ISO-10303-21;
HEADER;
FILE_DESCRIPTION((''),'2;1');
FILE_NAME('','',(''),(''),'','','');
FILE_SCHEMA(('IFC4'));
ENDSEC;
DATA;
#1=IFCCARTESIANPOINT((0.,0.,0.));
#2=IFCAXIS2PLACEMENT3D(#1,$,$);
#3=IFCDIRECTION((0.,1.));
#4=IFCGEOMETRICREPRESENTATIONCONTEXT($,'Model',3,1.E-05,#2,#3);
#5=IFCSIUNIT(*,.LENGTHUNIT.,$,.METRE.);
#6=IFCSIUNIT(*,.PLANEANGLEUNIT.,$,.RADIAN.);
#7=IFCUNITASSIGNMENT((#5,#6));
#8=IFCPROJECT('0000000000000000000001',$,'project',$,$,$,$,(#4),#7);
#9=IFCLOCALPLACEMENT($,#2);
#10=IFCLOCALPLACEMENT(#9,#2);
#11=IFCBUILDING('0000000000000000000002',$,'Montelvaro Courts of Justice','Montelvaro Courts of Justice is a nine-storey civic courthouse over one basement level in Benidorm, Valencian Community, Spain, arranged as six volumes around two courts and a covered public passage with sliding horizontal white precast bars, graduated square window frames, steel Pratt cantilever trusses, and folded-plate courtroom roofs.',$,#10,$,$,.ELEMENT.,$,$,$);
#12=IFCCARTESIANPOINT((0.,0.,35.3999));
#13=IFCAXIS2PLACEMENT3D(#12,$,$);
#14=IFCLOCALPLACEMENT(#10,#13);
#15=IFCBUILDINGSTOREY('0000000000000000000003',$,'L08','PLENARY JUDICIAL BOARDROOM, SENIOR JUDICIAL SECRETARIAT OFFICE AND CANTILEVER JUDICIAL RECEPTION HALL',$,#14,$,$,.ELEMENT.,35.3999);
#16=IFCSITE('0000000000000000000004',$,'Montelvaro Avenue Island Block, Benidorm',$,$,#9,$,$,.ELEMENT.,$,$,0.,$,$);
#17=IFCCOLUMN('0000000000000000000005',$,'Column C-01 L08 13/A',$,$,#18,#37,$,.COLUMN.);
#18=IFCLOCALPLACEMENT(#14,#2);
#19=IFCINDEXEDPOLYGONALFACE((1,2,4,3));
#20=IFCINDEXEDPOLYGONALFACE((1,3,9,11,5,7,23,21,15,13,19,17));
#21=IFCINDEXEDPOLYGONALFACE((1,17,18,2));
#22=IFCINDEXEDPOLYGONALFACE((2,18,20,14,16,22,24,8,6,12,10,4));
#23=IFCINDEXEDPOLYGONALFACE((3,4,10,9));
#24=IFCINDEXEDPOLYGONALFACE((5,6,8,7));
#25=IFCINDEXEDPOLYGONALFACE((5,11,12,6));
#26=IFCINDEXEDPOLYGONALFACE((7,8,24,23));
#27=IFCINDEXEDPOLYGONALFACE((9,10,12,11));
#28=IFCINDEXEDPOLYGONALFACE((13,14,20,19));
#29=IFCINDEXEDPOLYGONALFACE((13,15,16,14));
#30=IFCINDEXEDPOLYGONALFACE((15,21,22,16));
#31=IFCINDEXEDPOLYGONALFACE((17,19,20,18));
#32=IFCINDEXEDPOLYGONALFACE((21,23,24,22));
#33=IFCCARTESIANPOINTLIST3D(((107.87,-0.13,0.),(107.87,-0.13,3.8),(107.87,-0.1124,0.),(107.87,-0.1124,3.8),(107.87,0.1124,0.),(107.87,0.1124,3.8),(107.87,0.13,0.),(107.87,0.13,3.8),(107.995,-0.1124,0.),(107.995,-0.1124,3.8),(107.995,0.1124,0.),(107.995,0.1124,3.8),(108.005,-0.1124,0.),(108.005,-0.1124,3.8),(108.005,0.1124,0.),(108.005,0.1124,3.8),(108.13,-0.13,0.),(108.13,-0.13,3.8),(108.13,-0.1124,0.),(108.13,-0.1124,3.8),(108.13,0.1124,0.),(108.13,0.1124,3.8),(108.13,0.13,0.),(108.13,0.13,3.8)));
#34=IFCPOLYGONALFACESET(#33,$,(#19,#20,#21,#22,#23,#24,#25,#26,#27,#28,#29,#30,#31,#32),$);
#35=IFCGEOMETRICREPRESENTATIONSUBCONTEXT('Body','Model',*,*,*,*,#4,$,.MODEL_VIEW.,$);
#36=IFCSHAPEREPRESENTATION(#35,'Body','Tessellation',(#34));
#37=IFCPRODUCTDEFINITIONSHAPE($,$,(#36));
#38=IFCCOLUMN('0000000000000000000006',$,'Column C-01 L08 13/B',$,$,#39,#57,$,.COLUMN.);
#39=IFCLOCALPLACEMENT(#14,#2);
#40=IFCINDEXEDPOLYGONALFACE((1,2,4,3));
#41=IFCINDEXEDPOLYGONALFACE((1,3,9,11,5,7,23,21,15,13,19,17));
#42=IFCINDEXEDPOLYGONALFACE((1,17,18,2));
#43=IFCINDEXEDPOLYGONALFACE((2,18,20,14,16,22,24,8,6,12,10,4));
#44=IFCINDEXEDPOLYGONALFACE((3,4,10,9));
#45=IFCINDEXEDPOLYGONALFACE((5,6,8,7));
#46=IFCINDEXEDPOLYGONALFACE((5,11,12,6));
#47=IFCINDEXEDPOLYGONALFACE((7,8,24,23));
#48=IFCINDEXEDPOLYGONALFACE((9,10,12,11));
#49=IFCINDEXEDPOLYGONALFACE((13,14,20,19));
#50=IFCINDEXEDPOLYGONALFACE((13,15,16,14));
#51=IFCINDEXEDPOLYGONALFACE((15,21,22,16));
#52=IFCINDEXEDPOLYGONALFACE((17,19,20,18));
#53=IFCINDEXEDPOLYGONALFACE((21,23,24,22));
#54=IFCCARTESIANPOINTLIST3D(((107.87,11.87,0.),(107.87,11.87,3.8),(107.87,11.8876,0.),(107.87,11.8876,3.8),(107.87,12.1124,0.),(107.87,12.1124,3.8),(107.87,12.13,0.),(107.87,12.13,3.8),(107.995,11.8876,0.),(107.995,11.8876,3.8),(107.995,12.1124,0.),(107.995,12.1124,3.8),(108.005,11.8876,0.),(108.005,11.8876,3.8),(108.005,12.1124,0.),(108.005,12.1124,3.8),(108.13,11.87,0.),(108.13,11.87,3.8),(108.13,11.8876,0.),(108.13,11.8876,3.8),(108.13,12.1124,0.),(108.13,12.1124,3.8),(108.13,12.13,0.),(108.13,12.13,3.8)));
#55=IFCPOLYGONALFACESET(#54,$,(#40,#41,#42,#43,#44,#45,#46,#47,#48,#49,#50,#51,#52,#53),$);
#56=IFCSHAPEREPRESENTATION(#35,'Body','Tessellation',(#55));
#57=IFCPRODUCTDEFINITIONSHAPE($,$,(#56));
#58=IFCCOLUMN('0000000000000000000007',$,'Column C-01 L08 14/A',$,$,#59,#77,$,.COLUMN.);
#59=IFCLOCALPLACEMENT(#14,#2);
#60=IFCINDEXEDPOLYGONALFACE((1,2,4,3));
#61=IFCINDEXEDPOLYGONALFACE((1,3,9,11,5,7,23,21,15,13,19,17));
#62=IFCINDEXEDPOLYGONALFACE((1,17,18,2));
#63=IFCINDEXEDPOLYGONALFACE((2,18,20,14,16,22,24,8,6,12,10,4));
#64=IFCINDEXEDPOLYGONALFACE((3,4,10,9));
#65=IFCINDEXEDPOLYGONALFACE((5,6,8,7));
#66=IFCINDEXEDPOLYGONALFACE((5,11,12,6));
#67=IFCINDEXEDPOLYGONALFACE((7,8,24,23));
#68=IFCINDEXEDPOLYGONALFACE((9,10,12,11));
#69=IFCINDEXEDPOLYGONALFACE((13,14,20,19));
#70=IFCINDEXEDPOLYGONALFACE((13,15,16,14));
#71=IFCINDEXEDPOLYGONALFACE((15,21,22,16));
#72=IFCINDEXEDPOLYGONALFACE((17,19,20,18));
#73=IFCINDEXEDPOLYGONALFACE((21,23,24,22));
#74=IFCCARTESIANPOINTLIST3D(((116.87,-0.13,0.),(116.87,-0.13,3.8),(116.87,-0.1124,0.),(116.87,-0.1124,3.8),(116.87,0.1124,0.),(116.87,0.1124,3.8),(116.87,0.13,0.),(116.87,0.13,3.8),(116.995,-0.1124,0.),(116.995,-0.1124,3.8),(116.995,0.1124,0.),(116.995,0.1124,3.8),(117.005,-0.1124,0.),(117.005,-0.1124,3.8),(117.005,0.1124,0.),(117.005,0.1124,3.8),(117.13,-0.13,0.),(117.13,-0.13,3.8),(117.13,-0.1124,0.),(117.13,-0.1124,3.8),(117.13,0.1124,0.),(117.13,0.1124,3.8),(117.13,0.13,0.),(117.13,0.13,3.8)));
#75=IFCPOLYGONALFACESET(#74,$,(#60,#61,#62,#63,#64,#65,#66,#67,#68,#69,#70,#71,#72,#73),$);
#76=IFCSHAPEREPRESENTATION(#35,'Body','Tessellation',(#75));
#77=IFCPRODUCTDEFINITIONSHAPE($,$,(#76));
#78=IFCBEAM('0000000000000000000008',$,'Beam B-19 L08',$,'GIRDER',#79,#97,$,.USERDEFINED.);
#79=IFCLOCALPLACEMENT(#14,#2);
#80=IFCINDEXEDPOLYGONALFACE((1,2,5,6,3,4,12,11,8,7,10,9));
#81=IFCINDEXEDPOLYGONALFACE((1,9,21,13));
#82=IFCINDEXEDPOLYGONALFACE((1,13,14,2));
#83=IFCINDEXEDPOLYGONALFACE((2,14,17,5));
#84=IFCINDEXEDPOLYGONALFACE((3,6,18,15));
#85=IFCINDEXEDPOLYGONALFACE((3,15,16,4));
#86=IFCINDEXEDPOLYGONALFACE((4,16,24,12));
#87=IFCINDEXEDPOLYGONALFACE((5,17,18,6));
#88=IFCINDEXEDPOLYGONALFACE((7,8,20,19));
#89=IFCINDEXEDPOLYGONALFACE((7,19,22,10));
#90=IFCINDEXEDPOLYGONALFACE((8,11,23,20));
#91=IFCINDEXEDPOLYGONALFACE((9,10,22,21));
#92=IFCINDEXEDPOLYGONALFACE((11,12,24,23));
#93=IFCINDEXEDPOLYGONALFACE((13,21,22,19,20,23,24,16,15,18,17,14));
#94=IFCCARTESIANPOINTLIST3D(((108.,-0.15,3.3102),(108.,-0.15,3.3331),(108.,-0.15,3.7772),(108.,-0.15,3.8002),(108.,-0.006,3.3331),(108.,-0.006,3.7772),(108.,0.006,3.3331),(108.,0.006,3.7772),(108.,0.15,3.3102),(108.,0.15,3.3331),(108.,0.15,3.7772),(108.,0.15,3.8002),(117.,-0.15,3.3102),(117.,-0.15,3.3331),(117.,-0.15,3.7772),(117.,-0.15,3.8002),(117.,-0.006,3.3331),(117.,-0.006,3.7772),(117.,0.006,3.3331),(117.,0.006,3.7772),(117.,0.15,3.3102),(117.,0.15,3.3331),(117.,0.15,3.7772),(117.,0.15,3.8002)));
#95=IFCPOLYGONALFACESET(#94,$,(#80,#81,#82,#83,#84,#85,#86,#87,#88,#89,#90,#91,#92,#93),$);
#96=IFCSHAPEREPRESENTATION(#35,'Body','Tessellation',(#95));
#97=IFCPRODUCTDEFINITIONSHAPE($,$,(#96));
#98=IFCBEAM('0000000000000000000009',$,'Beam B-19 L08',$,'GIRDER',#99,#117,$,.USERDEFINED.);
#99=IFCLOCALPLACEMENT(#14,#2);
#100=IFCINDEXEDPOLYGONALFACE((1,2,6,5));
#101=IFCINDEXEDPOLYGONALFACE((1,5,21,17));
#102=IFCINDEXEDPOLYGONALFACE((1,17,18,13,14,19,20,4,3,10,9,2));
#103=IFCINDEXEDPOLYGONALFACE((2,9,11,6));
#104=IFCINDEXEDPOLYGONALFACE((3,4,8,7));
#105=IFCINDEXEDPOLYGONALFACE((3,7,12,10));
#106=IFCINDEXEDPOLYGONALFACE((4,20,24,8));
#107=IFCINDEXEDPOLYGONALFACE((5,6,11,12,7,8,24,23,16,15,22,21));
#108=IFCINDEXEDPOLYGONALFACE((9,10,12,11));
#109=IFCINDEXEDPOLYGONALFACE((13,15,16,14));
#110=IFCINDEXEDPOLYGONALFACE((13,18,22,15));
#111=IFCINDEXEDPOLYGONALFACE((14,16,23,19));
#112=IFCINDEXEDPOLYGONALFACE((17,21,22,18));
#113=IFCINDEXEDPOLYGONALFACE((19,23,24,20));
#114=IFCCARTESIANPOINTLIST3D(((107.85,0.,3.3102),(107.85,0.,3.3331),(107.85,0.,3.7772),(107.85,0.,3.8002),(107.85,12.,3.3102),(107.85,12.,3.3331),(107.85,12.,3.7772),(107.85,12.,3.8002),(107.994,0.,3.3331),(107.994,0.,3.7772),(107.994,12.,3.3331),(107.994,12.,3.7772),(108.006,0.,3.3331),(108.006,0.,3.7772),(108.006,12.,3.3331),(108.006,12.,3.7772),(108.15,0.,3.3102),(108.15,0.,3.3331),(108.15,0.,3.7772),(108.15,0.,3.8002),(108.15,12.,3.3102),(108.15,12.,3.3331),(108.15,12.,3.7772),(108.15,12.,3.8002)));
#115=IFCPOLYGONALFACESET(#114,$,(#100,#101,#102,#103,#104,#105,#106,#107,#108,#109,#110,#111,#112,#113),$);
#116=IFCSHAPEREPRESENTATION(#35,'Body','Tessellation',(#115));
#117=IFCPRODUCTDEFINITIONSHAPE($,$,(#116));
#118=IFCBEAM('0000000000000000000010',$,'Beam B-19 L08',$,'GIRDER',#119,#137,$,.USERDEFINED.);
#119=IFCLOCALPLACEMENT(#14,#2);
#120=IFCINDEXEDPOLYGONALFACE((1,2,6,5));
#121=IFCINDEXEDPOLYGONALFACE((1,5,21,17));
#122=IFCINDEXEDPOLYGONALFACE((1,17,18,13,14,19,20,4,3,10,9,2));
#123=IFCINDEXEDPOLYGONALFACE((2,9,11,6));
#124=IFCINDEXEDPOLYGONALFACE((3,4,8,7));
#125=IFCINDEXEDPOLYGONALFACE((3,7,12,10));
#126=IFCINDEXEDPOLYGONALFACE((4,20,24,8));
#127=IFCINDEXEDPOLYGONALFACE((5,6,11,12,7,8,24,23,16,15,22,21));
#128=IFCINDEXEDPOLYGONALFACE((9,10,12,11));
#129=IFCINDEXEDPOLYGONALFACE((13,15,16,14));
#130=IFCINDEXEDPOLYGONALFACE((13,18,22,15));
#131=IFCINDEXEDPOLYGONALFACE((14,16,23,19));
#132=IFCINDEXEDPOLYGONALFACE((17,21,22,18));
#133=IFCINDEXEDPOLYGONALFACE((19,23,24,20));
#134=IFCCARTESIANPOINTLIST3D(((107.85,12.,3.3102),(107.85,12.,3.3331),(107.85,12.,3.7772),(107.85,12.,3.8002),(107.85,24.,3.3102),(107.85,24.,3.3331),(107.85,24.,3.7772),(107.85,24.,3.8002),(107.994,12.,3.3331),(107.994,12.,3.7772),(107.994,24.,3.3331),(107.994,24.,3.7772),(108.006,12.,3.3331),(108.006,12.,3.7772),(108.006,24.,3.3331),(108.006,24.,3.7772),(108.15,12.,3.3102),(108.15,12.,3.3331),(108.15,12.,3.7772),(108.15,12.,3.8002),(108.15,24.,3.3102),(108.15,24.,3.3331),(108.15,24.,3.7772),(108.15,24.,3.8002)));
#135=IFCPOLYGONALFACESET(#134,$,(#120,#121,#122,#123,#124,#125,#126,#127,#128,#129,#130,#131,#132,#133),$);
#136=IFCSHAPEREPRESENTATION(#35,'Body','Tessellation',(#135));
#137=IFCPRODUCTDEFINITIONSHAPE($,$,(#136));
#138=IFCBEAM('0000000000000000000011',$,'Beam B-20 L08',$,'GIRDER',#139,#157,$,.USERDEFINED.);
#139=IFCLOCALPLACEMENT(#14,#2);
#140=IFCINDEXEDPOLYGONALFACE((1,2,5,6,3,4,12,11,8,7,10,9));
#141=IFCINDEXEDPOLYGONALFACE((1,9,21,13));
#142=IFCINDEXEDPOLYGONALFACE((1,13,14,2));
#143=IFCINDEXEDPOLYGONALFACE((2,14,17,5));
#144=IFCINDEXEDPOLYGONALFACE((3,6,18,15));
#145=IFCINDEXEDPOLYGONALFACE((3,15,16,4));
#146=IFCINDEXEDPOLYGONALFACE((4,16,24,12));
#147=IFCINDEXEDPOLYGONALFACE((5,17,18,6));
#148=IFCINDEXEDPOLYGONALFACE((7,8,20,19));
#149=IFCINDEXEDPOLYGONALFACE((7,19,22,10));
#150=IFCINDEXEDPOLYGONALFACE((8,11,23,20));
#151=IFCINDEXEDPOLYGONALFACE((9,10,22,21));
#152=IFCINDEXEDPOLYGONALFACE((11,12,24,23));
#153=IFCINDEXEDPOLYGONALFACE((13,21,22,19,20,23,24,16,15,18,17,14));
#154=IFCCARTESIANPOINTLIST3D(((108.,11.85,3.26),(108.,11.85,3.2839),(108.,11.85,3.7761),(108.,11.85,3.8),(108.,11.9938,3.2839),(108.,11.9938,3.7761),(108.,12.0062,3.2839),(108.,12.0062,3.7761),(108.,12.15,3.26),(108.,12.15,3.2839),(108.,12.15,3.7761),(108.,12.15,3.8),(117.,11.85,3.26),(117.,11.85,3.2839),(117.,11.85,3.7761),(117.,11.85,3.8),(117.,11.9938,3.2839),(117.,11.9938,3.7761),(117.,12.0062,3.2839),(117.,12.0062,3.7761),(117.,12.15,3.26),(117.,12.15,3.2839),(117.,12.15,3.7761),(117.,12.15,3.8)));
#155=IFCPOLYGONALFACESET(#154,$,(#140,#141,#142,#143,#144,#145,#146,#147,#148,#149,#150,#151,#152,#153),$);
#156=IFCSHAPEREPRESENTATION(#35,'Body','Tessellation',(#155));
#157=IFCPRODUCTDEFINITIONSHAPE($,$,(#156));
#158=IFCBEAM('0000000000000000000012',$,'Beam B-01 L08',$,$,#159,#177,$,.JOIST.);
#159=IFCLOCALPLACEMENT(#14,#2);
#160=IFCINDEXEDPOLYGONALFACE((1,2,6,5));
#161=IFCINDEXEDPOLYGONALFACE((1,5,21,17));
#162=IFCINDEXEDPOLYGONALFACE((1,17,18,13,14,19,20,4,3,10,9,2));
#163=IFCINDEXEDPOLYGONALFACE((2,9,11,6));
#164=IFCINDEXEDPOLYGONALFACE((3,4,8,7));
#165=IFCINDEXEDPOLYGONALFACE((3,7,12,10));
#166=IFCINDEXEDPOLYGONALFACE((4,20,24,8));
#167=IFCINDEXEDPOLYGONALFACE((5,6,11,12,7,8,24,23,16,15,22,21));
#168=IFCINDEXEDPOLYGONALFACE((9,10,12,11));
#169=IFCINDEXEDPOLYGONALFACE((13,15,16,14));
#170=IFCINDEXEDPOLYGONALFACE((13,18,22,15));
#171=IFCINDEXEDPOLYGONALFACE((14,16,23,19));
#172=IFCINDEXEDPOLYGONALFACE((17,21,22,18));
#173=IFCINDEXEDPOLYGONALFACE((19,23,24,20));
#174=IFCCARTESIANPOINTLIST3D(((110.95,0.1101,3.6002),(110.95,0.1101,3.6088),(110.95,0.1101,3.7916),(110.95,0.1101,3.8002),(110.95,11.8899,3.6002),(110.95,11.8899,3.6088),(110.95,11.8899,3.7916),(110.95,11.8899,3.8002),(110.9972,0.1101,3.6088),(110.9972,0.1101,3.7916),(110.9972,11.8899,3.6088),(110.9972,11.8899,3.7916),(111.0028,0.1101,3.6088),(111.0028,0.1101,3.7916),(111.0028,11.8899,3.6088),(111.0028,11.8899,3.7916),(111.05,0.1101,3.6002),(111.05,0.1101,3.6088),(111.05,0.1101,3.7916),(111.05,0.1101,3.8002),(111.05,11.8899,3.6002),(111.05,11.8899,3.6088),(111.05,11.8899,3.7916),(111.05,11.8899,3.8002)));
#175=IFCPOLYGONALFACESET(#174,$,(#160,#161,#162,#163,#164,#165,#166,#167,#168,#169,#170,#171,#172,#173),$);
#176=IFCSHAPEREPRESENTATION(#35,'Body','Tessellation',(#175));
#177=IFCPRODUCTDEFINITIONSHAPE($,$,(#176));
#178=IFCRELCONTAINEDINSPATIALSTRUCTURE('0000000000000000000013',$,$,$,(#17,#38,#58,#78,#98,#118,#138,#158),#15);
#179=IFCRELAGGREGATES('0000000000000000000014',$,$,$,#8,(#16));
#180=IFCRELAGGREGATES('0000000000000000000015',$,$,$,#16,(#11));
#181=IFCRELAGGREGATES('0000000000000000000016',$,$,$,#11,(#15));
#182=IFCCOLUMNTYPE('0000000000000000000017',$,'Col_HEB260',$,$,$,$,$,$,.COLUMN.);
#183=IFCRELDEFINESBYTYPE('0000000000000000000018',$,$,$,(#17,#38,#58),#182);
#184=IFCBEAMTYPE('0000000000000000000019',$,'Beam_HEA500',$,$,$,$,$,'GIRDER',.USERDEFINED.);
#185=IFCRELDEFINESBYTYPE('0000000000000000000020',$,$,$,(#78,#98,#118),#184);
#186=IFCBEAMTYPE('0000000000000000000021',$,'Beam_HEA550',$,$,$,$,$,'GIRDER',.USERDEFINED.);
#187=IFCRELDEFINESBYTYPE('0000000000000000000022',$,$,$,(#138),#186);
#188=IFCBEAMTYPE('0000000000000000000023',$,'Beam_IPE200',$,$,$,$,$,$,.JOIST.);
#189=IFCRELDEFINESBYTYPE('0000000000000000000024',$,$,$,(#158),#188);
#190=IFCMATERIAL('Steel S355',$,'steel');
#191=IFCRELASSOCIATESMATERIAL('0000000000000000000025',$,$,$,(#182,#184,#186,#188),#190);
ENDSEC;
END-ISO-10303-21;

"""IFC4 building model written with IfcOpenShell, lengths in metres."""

from ifc_helpers import new_model, si_unit, direction, frame, origin, origin_2d, place, context, subcontext, project, spatial, i_section, extrude, material, material_profile, profile_set, type_object, element, save


model = new_model("IFC4")

# Units and contexts
model_context = context("Model", 3, precision=1e-05, world=origin(), true_north=direction((0.0, 1.0)))
body_context = subcontext(model_context, "Body", "Model", "MODEL_VIEW")
ifc_project = project(units=[si_unit("LENGTHUNIT", "METRE"), si_unit("PLANEANGLEUNIT", "RADIAN")], contexts=[model_context])

# Site, building, storey
site_placement = place(None, origin())
site = spatial("IfcSite", under=ifc_project, at=site_placement, Name="Montelvaro Avenue Island Block, Benidorm", CompositionType="ELEMENT", RefElevation=0.0)
building_placement = place(site_placement, origin())
building = spatial("IfcBuilding", under=site, at=building_placement, Name="Montelvaro Courts of Justice", Description="Montelvaro Courts of Justice is a nine-storey civic courthouse over one basement level in Benidorm, Valencian Community, Spain, arranged as six volumes around two courts and a covered public passage with sliding horizontal white precast bars, graduated square window frames, steel Pratt cantilever trusses, and folded-plate courtroom roofs.", CompositionType="ELEMENT")
storey_placement = place(building_placement, frame((0.0, 0.0, 35.3999)))
storey = spatial("IfcBuildingStorey", under=building, at=storey_placement, Name="L08", Description="PLENARY JUDICIAL BOARDROOM, SENIOR JUDICIAL SECRETARIAT OFFICE AND CANTILEVER JUDICIAL RECEPTION HALL", CompositionType="ELEMENT", Elevation=35.3999)

# Columns
ifc_material_1 = material(Name="Steel S355", Category="steel")
ifc_material_profile_1 = material_profile(ifc_material_1, i_section(OverallWidth=0.26, OverallDepth=0.26, WebThickness=0.01, FlangeThickness=0.0176, at=origin_2d()), Name="HEB 260")
ifc_profile_set_1 = profile_set([ifc_material_profile_1], Name="Steel S355")
column_type = type_object("IfcColumnType", Name="Col_HEB260", PredefinedType="COLUMN", material=ifc_profile_set_1)
for number, where, z_axis, x_axis, name in (
    (1, (108.0, 0.0, 0.0), (0.0, 0.0, 1.0), (1.0, 0.0, 0.0), "Column C-01 L08 13/A"),
    (2, (108.0, 12.0, 0.0), (0.0, 0.0, 1.0), (1.0, 0.0, 0.0), "Column C-01 L08 13/B"),
    (3, (117.0, 0.0, 0.0), (0.0, 0.0, 1.0), (1.0, 0.0, 0.0), "Column C-01 L08 14/A"),
):
    element("IfcColumn", number, at=place(storey_placement, frame(where, z_axis=z_axis, x_axis=x_axis)), inside=storey, type_object=column_type, Name=name, PredefinedType="COLUMN", context=body_context, shape_type="SweptSolid", body=[
        extrude(i_section(OverallWidth=0.26, OverallDepth=0.26, WebThickness=0.01, FlangeThickness=0.0176, at=origin_2d()), origin(), (0.0, 0.0, 1.0), 3.8),
    ])

# Beams
ifc_material_profile_2 = material_profile(ifc_material_1, i_section(OverallWidth=0.3, OverallDepth=0.49, WebThickness=0.012, FlangeThickness=0.0229, at=origin_2d()), Name="HEA 500")
ifc_profile_set_2 = profile_set([ifc_material_profile_2], Name="Steel S355")
beam_type_1 = type_object("IfcBeamType", Name="Beam_HEA500", ElementType="GIRDER", PredefinedType="USERDEFINED", material=ifc_profile_set_2)
beam_1_placement = place(storey_placement, frame((108.0, 0.0, 3.5552), z_axis=(1.0, 0.0, 0.0), x_axis=(0.0, 1.0, 0.0)))
element("IfcBeam", 4, at=beam_1_placement, inside=storey, type_object=beam_type_1, Name="Beam B-19 L08", ObjectType="GIRDER", PredefinedType="USERDEFINED", context=body_context, shape_type="SweptSolid", body=[
    extrude(i_section(OverallWidth=0.3, OverallDepth=0.49, WebThickness=0.012, FlangeThickness=0.0229, at=origin_2d()), origin(), (0.0, 0.0, 1.0), 9.0),
])
for number, where, z_axis, x_axis, name in (
    (5, (108.0, 0.0, 3.5552), (0.0, 1.0, 0.0), (-1.0, 0.0, 0.0), "Beam B-19 L08"),
    (6, (108.0, 12.0, 3.5552), (0.0, 1.0, 0.0), (-1.0, 0.0, 0.0), "Beam B-19 L08"),
):
    element("IfcBeam", number, at=place(storey_placement, frame(where, z_axis=z_axis, x_axis=x_axis)), inside=storey, type_object=beam_type_1, Name=name, ObjectType="GIRDER", PredefinedType="USERDEFINED", context=body_context, shape_type="SweptSolid", body=[
        extrude(i_section(OverallWidth=0.3, OverallDepth=0.49, WebThickness=0.012, FlangeThickness=0.0229, at=origin_2d()), origin(), (0.0, 0.0, 1.0), 12.0),
    ])
ifc_material_profile_3 = material_profile(ifc_material_1, i_section(OverallWidth=0.3, OverallDepth=0.54, WebThickness=0.0125, FlangeThickness=0.0239, at=origin_2d()), Name="HEA 550")
ifc_profile_set_3 = profile_set([ifc_material_profile_3], Name="Steel S355")
beam_type_2 = type_object("IfcBeamType", Name="Beam_HEA550", ElementType="GIRDER", PredefinedType="USERDEFINED", material=ifc_profile_set_3)
beam_2_placement = place(storey_placement, frame((108.0, 12.0, 3.53), z_axis=(1.0, 0.0, 0.0), x_axis=(0.0, 1.0, 0.0)))
element("IfcBeam", 7, at=beam_2_placement, inside=storey, type_object=beam_type_2, Name="Beam B-20 L08", ObjectType="GIRDER", PredefinedType="USERDEFINED", context=body_context, shape_type="SweptSolid", body=[
    extrude(i_section(OverallWidth=0.3, OverallDepth=0.54, WebThickness=0.0125, FlangeThickness=0.0239, at=origin_2d()), origin(), (0.0, 0.0, 1.0), 9.0),
])
ifc_material_profile_4 = material_profile(ifc_material_1, i_section(OverallWidth=0.1001, OverallDepth=0.2, WebThickness=0.0056, FlangeThickness=0.0085, at=origin_2d()), Name="IPE 200")
ifc_profile_set_4 = profile_set([ifc_material_profile_4], Name="Steel S355")
beam_type_3 = type_object("IfcBeamType", Name="Beam_IPE200", PredefinedType="JOIST", material=ifc_profile_set_4)
beam_3_placement = place(storey_placement, frame((111.0, 0.1101, 3.7002), z_axis=(0.0, 1.0, 0.0), x_axis=(-1.0, 0.0, 0.0)))
element("IfcBeam", 8, at=beam_3_placement, inside=storey, type_object=beam_type_3, Name="Beam B-01 L08", PredefinedType="JOIST", context=body_context, shape_type="SweptSolid", body=[
    extrude(i_section(OverallWidth=0.1001, OverallDepth=0.2, WebThickness=0.0056, FlangeThickness=0.0085, at=origin_2d()), origin(), (0.0, 0.0, 1.0), 11.7798),
])

save(model, "model.ifc")
